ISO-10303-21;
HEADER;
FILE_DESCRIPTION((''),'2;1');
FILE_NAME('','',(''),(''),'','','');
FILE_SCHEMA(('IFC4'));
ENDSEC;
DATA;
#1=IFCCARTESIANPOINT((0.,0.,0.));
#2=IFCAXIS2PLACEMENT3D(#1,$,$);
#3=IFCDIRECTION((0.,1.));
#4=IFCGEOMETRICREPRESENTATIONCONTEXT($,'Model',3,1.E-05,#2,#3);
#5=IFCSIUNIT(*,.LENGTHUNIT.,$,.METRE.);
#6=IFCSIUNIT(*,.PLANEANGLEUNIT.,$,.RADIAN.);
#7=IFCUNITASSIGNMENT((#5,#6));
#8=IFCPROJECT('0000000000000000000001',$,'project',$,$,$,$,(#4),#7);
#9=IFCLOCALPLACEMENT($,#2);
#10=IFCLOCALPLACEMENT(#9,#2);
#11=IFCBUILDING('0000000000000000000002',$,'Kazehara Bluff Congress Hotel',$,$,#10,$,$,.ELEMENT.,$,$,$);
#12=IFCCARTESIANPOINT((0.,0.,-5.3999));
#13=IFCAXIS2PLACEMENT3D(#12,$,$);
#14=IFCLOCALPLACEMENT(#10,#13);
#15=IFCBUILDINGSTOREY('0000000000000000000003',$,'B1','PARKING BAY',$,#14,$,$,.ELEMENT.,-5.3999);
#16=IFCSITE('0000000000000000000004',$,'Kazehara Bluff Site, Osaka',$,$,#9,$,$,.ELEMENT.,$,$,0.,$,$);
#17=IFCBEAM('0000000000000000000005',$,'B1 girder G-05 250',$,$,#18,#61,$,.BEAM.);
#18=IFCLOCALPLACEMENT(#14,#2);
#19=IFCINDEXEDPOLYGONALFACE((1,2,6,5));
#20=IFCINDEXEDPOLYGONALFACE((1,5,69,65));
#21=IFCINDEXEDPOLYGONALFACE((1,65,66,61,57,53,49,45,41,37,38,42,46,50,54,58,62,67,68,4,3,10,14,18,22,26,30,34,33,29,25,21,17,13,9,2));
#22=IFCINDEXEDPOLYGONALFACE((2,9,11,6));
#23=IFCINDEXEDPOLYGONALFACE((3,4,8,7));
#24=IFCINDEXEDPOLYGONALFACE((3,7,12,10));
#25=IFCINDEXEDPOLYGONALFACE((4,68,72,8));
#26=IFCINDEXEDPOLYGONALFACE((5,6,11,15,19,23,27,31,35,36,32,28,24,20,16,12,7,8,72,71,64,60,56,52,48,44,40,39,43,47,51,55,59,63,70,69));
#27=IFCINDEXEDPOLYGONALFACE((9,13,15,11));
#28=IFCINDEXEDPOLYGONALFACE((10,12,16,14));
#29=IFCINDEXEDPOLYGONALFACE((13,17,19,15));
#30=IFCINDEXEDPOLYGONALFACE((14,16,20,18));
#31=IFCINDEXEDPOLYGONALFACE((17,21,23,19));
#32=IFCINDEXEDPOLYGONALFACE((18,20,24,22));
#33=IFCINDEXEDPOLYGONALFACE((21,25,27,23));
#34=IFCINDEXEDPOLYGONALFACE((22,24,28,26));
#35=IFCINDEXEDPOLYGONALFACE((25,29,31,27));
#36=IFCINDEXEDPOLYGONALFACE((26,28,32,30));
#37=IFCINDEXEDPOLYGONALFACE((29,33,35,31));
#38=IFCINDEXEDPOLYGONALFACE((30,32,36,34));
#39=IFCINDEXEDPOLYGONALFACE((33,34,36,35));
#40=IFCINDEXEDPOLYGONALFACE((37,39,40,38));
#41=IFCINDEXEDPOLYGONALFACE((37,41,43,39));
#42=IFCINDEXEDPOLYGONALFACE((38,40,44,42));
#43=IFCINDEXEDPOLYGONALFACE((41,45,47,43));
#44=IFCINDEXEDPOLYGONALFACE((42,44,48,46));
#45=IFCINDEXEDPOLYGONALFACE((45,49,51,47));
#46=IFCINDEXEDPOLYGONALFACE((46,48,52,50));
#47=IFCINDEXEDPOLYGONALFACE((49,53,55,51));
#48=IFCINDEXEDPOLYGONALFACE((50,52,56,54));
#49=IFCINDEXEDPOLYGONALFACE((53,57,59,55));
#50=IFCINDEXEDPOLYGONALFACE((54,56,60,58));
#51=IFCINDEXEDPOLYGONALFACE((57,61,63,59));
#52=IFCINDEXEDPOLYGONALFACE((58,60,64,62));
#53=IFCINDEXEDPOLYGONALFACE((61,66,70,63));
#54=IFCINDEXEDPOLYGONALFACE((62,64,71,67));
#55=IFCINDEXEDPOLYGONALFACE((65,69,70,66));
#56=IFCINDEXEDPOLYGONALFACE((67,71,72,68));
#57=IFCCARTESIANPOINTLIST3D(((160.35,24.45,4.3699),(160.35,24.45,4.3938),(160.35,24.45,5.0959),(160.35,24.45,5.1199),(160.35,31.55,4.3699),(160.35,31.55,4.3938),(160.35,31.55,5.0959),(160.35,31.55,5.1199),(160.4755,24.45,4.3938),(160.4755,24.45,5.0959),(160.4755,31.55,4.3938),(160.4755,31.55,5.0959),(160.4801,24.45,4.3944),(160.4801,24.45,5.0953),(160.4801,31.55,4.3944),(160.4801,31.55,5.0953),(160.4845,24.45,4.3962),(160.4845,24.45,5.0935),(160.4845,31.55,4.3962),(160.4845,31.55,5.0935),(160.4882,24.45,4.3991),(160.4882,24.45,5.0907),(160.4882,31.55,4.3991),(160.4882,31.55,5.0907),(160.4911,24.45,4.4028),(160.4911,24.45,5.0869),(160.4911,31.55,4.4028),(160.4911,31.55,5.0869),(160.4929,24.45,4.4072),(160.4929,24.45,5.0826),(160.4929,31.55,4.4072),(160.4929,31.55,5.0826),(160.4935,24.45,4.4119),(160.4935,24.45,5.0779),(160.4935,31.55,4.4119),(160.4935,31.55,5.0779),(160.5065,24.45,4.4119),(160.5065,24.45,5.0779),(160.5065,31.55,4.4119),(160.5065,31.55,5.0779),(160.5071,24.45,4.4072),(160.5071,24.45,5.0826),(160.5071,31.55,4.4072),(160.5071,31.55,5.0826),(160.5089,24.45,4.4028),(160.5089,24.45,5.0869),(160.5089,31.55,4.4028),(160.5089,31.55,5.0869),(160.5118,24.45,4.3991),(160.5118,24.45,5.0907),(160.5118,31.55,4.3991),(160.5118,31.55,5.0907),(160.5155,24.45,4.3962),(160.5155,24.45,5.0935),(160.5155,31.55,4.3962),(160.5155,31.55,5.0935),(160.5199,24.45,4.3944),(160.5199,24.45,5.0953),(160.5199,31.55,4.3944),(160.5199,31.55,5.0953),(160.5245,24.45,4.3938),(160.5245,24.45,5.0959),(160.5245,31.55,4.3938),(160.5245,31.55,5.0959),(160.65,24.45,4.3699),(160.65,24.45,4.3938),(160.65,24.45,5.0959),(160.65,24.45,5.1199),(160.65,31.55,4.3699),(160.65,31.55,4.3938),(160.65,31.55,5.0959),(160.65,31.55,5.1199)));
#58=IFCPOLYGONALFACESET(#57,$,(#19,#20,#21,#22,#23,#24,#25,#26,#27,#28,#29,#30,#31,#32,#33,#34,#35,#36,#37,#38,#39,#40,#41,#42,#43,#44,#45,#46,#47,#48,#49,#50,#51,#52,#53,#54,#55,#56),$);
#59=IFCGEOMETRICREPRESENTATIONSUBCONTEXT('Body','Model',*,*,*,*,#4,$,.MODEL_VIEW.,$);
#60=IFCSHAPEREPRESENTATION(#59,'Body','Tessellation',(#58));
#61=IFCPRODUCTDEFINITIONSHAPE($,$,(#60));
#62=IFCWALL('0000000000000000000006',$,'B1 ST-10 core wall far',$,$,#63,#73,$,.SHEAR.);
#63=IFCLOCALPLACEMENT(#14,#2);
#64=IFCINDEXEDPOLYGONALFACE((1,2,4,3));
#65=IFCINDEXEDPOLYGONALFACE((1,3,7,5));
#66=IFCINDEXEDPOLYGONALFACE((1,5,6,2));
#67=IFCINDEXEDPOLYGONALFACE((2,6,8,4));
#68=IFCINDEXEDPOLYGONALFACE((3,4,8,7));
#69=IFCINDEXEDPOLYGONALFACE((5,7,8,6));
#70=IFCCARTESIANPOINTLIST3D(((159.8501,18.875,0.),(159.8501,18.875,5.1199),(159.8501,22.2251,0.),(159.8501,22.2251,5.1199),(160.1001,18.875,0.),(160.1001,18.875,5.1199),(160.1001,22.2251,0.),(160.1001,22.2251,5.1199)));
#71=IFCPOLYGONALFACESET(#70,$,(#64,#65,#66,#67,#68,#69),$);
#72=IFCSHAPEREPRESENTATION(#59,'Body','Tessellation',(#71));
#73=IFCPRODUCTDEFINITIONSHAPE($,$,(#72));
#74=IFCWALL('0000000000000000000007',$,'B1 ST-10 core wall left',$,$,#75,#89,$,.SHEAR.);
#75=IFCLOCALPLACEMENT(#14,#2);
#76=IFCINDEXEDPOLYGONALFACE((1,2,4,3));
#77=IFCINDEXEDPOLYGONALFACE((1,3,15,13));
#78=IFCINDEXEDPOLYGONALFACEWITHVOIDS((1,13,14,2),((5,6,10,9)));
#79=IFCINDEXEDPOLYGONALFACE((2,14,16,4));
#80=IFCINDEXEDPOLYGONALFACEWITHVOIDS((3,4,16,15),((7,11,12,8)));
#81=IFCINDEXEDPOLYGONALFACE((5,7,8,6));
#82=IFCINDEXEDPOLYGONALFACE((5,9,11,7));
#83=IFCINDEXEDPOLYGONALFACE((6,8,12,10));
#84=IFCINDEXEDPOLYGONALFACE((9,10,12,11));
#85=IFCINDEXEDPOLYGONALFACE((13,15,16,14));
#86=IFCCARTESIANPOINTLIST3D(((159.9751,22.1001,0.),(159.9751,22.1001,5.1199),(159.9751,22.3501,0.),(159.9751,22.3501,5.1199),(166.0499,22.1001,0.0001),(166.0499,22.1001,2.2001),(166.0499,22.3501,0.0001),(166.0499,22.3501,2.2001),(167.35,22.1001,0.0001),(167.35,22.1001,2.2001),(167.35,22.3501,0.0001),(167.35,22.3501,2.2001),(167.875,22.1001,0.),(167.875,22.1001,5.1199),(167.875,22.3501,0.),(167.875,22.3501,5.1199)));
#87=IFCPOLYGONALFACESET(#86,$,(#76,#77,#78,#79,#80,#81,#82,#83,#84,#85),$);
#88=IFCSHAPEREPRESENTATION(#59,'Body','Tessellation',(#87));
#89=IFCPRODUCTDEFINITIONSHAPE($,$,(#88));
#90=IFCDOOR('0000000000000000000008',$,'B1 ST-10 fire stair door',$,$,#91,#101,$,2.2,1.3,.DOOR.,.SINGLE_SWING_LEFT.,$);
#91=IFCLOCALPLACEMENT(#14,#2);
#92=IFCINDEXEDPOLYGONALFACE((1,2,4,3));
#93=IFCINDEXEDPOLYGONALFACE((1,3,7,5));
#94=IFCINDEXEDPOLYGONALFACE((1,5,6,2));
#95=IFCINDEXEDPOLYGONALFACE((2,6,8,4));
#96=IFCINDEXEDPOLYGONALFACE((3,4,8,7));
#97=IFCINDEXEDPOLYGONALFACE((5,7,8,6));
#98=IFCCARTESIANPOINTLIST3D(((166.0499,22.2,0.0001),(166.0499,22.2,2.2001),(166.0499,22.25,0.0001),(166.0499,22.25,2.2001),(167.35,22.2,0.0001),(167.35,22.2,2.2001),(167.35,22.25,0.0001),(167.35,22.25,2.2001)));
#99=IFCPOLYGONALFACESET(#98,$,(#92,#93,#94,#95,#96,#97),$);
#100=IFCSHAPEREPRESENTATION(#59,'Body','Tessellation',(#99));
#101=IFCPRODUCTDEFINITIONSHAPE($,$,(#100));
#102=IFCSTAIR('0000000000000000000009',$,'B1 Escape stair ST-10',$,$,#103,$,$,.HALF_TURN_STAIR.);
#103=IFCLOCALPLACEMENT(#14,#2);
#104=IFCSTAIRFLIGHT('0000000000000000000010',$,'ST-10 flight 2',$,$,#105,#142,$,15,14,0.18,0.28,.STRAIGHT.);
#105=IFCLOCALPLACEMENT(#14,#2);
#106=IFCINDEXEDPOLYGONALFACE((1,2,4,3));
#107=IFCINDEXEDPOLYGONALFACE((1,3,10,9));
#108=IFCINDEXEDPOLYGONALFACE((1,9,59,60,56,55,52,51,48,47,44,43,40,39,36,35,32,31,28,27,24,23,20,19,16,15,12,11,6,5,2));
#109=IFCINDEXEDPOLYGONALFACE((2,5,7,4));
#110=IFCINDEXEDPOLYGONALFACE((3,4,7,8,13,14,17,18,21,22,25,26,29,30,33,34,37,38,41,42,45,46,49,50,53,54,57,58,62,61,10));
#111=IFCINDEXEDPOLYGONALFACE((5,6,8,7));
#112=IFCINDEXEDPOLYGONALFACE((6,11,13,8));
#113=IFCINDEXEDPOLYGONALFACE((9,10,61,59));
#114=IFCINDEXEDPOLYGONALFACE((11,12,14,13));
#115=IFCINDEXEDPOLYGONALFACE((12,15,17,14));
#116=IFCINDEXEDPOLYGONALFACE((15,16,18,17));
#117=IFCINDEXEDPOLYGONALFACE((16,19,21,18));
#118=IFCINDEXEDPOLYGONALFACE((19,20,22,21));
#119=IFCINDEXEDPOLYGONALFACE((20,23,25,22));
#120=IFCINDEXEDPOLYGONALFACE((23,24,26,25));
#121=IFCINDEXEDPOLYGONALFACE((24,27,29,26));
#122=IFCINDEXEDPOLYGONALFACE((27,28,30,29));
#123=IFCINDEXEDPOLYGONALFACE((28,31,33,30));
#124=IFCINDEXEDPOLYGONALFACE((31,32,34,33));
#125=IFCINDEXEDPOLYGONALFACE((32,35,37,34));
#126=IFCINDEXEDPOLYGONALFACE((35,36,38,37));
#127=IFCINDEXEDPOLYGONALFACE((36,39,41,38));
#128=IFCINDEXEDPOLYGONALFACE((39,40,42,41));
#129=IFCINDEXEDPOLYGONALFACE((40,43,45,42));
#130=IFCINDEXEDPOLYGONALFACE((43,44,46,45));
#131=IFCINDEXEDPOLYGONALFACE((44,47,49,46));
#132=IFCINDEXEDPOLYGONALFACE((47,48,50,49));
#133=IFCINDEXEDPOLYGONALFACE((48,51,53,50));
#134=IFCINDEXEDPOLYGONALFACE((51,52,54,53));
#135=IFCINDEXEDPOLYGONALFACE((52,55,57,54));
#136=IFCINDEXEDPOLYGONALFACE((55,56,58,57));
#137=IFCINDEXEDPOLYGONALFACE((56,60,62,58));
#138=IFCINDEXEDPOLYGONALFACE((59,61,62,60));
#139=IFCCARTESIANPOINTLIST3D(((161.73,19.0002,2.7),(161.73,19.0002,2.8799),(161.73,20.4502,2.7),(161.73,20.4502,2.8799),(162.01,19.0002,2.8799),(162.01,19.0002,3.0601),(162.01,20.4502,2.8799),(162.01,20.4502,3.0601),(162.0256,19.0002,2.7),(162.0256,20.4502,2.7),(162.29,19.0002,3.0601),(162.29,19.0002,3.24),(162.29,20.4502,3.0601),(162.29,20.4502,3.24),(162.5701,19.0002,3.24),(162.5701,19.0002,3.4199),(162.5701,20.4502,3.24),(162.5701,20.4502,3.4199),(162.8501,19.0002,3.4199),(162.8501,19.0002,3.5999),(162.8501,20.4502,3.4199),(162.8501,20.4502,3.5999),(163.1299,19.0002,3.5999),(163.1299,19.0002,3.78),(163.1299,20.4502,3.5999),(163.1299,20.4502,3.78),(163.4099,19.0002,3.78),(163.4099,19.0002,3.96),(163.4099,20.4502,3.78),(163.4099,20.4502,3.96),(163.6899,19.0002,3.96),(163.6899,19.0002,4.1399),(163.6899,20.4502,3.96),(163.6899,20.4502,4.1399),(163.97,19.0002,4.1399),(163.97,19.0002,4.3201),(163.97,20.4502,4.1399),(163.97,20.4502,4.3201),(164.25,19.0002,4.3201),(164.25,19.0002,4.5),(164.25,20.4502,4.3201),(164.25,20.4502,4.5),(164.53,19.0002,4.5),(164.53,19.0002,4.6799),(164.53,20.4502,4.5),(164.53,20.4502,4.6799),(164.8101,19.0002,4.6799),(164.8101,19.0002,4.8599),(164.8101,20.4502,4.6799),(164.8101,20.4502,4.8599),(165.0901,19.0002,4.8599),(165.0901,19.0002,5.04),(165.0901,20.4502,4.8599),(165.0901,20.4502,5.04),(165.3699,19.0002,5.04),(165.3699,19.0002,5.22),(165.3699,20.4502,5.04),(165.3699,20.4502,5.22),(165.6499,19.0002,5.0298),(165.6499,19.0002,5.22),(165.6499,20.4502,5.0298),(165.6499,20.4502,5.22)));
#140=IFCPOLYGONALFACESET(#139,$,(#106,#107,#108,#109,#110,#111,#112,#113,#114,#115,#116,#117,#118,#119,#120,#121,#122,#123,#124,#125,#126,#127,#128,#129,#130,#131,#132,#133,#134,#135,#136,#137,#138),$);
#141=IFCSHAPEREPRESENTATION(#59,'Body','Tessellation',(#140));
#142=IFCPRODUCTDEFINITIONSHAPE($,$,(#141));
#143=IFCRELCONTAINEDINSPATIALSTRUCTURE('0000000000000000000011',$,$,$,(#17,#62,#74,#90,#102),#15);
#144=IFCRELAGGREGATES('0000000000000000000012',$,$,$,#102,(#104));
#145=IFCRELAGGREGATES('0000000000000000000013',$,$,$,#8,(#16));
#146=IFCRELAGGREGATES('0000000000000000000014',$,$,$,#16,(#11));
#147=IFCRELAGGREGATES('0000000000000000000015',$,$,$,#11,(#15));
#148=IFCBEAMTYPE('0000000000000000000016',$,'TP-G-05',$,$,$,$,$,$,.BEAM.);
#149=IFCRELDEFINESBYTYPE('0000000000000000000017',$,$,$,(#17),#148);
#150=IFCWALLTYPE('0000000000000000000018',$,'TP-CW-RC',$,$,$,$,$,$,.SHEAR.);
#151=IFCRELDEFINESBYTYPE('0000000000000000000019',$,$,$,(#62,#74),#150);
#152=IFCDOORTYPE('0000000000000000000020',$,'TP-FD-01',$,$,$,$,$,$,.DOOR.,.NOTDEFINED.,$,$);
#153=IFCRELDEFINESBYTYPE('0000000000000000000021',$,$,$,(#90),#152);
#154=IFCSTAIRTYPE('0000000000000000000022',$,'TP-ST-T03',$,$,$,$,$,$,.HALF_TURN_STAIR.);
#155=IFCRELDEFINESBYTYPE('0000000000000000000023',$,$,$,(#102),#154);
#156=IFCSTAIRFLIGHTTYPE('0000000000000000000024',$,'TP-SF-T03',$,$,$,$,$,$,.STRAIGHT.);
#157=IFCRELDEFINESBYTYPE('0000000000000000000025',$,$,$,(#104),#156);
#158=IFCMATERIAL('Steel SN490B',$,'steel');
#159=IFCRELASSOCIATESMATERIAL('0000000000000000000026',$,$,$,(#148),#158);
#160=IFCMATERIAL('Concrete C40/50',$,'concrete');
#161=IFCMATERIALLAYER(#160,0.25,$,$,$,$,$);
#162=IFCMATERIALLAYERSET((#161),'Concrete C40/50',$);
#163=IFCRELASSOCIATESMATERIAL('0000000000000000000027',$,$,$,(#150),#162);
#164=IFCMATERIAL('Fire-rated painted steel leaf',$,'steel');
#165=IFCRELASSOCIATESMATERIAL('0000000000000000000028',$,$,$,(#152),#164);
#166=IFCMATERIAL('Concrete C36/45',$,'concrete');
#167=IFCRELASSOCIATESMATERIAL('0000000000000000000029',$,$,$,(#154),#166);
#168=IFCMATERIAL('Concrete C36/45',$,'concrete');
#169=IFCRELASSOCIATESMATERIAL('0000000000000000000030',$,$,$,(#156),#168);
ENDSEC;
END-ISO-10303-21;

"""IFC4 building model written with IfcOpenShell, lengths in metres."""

from ifc_helpers import new_model, si_unit, direction, frame, frame_2d, origin, origin_2d, place, context, subcontext, project, spatial, polyline, rectangle, i_section, outline, extrude, material, layer, layer_set, material_profile, profile_set, type_object, element, fill, aggregate, save


model = new_model("IFC4")

# Units and contexts
model_context = context("Model", 3, precision=1e-05, world=origin(), true_north=direction((0.0, 1.0)))
body_context = subcontext(model_context, "Body", "Model", "MODEL_VIEW")
ifc_project = project(units=[si_unit("LENGTHUNIT", "METRE"), si_unit("PLANEANGLEUNIT", "RADIAN")], contexts=[model_context])

# Site, building, storey
site_placement = place(None, origin())
site = spatial("IfcSite", under=ifc_project, at=site_placement, Name="Kazehara Bluff Site, Osaka", CompositionType="ELEMENT", RefElevation=0.0)
building_placement = place(site_placement, origin())
building = spatial("IfcBuilding", under=site, at=building_placement, Name="Kazehara Bluff Congress Hotel", CompositionType="ELEMENT")
storey_placement = place(building_placement, frame((0.0, 0.0, -5.3999)))
storey = spatial("IfcBuildingStorey", under=building, at=storey_placement, Name="B1", Description="PARKING BAY", CompositionType="ELEMENT", Elevation=-5.3999)

# Beam
ifc_material_1 = material(Name="Steel SN490B", Category="steel")
ifc_material_profile_1 = material_profile(ifc_material_1, i_section(OverallWidth=0.3, OverallDepth=0.75, WebThickness=0.0129, FlangeThickness=0.0239, FilletRadius=0.0181, at=origin_2d()))
ifc_profile_set_1 = profile_set([ifc_material_profile_1], Name="Steel SN490B")
beam_type_1 = type_object("IfcBeamType", Name="TP-G-05", PredefinedType="BEAM", material=ifc_profile_set_1)
beam_1_placement = place(storey_placement, frame((160.5, 24.45, 4.7449), z_axis=(0.0, 1.0, 0.0), x_axis=(-1.0, 0.0, 0.0)))
element("IfcBeam", 1, at=beam_1_placement, inside=storey, type_object=beam_type_1, Name="B1 girder G-05 250", PredefinedType="BEAM", context=body_context, shape_type="SweptSolid", body=[
    extrude(i_section(OverallWidth=0.3, OverallDepth=0.75, WebThickness=0.0129, FlangeThickness=0.0239, FilletRadius=0.0181, at=origin_2d()), origin(), (0.0, 0.0, 1.0), 7.1001),
])

# Wall
ifc_material_2 = material(Name="Concrete C40/50", Category="concrete")
ifc_layer_1 = layer(ifc_material_2, 0.25)
ifc_layer_set_1 = layer_set([ifc_layer_1], Name="Concrete C40/50")
wall_type = type_object("IfcWallType", Name="TP-CW-RC", PredefinedType="SHEAR", material=ifc_layer_set_1)
wall_1_placement = place(storey_placement, frame((159.9751, 18.875, 0.0), z_axis=(0.0, 0.0, 1.0), x_axis=(0.0, 1.0, 0.0)))
element("IfcWall", 2, at=wall_1_placement, inside=storey, type_object=wall_type, Name="B1 ST-10 core wall far", PredefinedType="SHEAR", context=body_context, shape_type="SweptSolid", body=[
    extrude(rectangle(XDim=3.3501, YDim=0.25, at=frame_2d((1.675, 0.0))), origin(), (0.0, 0.0, 1.0), 5.1199),
])

# Wall, opening, door
wall_2_placement = place(storey_placement, frame((159.9751, 22.2251, 0.0), z_axis=(0.0, 0.0, 1.0), x_axis=(1.0, 0.0, 0.0)))
wall_2 = element("IfcWall", 3, at=wall_2_placement, inside=storey, type_object=wall_type, Name="B1 ST-10 core wall left", PredefinedType="SHEAR", context=body_context, shape_type="SweptSolid", body=[
    extrude(rectangle(XDim=7.8999, YDim=0.25, at=frame_2d((3.95, 0.0))), origin(), (0.0, 0.0, 1.0), 5.1199),
])
opening_placement = place(wall_2_placement, frame((6.075, 0.0, 0.0)))
opening = element("IfcOpeningElement", 4, at=opening_placement, cuts=wall_2, PredefinedType="OPENING", context=body_context, shape_type="SweptSolid", body=[
    extrude(rectangle(XDim=1.3, YDim=2.2, at=frame_2d((0.6499, 1.1001))), frame((0.0, 0.135, 0.0), z_axis=(0.0, -1.0, 0.0), x_axis=(1.0, 0.0, 0.0)), (0.0, 0.0, 1.0), 0.27),
])
ifc_material_3 = material(Name="Fire-rated painted steel leaf", Category="steel")
door_type = type_object("IfcDoorType", Name="TP-FD-01", OperationType="NOTDEFINED", PredefinedType="DOOR", material=ifc_material_3)
door_placement = place(opening_placement, origin())
door = element("IfcDoor", 5, at=door_placement, inside=storey, type_object=door_type, Name="B1 ST-10 fire stair door", OperationType="SINGLE_SWING_LEFT", OverallHeight=2.2, OverallWidth=1.3, PredefinedType="DOOR", context=body_context, shape_type="SweptSolid", body=[
    extrude(rectangle(XDim=1.3, YDim=2.2, at=frame_2d((0.6499, 1.1001))), frame((0.0, 0.0249, 0.0), z_axis=(0.0, -1.0, 0.0), x_axis=(1.0, 0.0, 0.0)), (0.0, 0.0, 1.0), 0.05),
])
fill(opening, door)

# Stair, stair flight
ifc_material_4 = material(Name="Concrete C36/45", Category="concrete")
stair_type = type_object("IfcStairType", Name="TP-ST-T03", PredefinedType="HALF_TURN_STAIR", material=ifc_material_4)
stair_placement = place(storey_placement, origin())
stair = element("IfcStair", 6, at=stair_placement, inside=storey, type_object=stair_type, Name="B1 Escape stair ST-10", PredefinedType="HALF_TURN_STAIR")
ifc_material_5 = material(Name="Concrete C36/45", Category="concrete")
stair_flight_type = type_object("IfcStairFlightType", Name="TP-SF-T03", PredefinedType="STRAIGHT", material=ifc_material_5)
stair_flight_placement = place(storey_placement, frame((161.73, 19.7251, 2.7), z_axis=(0.0, 0.0, 1.0), x_axis=(1.0, 0.0, 0.0)))
stair_flight = element("IfcStairFlight", 7, at=stair_flight_placement, type_object=stair_flight_type, Name="ST-10 flight 2", NumberOfRisers=15, NumberOfTreads=14, PredefinedType="STRAIGHT", RiserHeight=0.18, TreadLength=0.28, context=body_context, shape_type="SweptSolid", body=[
    extrude(outline(polyline([(0.0, 0.0), (0.0, 0.1799), (0.28, 0.1799), (0.28, 0.3601), (0.5601, 0.3601), (0.5601, 0.54), (0.8401, 0.54), (0.8401, 0.72), (1.1201, 0.72), (1.1201, 0.8999), (1.3999, 0.8999), (1.3999, 1.0801), (1.6799, 1.0801), (1.6799, 1.26), (1.96, 1.26), (1.96, 1.4399), (2.24, 1.4399), (2.24, 1.6201), (2.52, 1.6201), (2.52, 1.8), (2.8, 1.8), (2.8, 1.98), (3.0801, 1.98), (3.0801, 2.1599), (3.3601, 2.1599), (3.3601, 2.3401), (3.6399, 2.3401), (3.6399, 2.52), (3.9199, 2.52), (3.9199, 2.7), (3.9199, 2.3298), (0.2957, 0.0), (0.0, 0.0)])), frame((0.0, 0.7251, 0.0), z_axis=(0.0, -1.0, 0.0), x_axis=(1.0, 0.0, 0.0)), (0.0, 0.0, 1.0), 1.45),
])
aggregate(stair, [stair_flight])

save(model, "model.ifc")
